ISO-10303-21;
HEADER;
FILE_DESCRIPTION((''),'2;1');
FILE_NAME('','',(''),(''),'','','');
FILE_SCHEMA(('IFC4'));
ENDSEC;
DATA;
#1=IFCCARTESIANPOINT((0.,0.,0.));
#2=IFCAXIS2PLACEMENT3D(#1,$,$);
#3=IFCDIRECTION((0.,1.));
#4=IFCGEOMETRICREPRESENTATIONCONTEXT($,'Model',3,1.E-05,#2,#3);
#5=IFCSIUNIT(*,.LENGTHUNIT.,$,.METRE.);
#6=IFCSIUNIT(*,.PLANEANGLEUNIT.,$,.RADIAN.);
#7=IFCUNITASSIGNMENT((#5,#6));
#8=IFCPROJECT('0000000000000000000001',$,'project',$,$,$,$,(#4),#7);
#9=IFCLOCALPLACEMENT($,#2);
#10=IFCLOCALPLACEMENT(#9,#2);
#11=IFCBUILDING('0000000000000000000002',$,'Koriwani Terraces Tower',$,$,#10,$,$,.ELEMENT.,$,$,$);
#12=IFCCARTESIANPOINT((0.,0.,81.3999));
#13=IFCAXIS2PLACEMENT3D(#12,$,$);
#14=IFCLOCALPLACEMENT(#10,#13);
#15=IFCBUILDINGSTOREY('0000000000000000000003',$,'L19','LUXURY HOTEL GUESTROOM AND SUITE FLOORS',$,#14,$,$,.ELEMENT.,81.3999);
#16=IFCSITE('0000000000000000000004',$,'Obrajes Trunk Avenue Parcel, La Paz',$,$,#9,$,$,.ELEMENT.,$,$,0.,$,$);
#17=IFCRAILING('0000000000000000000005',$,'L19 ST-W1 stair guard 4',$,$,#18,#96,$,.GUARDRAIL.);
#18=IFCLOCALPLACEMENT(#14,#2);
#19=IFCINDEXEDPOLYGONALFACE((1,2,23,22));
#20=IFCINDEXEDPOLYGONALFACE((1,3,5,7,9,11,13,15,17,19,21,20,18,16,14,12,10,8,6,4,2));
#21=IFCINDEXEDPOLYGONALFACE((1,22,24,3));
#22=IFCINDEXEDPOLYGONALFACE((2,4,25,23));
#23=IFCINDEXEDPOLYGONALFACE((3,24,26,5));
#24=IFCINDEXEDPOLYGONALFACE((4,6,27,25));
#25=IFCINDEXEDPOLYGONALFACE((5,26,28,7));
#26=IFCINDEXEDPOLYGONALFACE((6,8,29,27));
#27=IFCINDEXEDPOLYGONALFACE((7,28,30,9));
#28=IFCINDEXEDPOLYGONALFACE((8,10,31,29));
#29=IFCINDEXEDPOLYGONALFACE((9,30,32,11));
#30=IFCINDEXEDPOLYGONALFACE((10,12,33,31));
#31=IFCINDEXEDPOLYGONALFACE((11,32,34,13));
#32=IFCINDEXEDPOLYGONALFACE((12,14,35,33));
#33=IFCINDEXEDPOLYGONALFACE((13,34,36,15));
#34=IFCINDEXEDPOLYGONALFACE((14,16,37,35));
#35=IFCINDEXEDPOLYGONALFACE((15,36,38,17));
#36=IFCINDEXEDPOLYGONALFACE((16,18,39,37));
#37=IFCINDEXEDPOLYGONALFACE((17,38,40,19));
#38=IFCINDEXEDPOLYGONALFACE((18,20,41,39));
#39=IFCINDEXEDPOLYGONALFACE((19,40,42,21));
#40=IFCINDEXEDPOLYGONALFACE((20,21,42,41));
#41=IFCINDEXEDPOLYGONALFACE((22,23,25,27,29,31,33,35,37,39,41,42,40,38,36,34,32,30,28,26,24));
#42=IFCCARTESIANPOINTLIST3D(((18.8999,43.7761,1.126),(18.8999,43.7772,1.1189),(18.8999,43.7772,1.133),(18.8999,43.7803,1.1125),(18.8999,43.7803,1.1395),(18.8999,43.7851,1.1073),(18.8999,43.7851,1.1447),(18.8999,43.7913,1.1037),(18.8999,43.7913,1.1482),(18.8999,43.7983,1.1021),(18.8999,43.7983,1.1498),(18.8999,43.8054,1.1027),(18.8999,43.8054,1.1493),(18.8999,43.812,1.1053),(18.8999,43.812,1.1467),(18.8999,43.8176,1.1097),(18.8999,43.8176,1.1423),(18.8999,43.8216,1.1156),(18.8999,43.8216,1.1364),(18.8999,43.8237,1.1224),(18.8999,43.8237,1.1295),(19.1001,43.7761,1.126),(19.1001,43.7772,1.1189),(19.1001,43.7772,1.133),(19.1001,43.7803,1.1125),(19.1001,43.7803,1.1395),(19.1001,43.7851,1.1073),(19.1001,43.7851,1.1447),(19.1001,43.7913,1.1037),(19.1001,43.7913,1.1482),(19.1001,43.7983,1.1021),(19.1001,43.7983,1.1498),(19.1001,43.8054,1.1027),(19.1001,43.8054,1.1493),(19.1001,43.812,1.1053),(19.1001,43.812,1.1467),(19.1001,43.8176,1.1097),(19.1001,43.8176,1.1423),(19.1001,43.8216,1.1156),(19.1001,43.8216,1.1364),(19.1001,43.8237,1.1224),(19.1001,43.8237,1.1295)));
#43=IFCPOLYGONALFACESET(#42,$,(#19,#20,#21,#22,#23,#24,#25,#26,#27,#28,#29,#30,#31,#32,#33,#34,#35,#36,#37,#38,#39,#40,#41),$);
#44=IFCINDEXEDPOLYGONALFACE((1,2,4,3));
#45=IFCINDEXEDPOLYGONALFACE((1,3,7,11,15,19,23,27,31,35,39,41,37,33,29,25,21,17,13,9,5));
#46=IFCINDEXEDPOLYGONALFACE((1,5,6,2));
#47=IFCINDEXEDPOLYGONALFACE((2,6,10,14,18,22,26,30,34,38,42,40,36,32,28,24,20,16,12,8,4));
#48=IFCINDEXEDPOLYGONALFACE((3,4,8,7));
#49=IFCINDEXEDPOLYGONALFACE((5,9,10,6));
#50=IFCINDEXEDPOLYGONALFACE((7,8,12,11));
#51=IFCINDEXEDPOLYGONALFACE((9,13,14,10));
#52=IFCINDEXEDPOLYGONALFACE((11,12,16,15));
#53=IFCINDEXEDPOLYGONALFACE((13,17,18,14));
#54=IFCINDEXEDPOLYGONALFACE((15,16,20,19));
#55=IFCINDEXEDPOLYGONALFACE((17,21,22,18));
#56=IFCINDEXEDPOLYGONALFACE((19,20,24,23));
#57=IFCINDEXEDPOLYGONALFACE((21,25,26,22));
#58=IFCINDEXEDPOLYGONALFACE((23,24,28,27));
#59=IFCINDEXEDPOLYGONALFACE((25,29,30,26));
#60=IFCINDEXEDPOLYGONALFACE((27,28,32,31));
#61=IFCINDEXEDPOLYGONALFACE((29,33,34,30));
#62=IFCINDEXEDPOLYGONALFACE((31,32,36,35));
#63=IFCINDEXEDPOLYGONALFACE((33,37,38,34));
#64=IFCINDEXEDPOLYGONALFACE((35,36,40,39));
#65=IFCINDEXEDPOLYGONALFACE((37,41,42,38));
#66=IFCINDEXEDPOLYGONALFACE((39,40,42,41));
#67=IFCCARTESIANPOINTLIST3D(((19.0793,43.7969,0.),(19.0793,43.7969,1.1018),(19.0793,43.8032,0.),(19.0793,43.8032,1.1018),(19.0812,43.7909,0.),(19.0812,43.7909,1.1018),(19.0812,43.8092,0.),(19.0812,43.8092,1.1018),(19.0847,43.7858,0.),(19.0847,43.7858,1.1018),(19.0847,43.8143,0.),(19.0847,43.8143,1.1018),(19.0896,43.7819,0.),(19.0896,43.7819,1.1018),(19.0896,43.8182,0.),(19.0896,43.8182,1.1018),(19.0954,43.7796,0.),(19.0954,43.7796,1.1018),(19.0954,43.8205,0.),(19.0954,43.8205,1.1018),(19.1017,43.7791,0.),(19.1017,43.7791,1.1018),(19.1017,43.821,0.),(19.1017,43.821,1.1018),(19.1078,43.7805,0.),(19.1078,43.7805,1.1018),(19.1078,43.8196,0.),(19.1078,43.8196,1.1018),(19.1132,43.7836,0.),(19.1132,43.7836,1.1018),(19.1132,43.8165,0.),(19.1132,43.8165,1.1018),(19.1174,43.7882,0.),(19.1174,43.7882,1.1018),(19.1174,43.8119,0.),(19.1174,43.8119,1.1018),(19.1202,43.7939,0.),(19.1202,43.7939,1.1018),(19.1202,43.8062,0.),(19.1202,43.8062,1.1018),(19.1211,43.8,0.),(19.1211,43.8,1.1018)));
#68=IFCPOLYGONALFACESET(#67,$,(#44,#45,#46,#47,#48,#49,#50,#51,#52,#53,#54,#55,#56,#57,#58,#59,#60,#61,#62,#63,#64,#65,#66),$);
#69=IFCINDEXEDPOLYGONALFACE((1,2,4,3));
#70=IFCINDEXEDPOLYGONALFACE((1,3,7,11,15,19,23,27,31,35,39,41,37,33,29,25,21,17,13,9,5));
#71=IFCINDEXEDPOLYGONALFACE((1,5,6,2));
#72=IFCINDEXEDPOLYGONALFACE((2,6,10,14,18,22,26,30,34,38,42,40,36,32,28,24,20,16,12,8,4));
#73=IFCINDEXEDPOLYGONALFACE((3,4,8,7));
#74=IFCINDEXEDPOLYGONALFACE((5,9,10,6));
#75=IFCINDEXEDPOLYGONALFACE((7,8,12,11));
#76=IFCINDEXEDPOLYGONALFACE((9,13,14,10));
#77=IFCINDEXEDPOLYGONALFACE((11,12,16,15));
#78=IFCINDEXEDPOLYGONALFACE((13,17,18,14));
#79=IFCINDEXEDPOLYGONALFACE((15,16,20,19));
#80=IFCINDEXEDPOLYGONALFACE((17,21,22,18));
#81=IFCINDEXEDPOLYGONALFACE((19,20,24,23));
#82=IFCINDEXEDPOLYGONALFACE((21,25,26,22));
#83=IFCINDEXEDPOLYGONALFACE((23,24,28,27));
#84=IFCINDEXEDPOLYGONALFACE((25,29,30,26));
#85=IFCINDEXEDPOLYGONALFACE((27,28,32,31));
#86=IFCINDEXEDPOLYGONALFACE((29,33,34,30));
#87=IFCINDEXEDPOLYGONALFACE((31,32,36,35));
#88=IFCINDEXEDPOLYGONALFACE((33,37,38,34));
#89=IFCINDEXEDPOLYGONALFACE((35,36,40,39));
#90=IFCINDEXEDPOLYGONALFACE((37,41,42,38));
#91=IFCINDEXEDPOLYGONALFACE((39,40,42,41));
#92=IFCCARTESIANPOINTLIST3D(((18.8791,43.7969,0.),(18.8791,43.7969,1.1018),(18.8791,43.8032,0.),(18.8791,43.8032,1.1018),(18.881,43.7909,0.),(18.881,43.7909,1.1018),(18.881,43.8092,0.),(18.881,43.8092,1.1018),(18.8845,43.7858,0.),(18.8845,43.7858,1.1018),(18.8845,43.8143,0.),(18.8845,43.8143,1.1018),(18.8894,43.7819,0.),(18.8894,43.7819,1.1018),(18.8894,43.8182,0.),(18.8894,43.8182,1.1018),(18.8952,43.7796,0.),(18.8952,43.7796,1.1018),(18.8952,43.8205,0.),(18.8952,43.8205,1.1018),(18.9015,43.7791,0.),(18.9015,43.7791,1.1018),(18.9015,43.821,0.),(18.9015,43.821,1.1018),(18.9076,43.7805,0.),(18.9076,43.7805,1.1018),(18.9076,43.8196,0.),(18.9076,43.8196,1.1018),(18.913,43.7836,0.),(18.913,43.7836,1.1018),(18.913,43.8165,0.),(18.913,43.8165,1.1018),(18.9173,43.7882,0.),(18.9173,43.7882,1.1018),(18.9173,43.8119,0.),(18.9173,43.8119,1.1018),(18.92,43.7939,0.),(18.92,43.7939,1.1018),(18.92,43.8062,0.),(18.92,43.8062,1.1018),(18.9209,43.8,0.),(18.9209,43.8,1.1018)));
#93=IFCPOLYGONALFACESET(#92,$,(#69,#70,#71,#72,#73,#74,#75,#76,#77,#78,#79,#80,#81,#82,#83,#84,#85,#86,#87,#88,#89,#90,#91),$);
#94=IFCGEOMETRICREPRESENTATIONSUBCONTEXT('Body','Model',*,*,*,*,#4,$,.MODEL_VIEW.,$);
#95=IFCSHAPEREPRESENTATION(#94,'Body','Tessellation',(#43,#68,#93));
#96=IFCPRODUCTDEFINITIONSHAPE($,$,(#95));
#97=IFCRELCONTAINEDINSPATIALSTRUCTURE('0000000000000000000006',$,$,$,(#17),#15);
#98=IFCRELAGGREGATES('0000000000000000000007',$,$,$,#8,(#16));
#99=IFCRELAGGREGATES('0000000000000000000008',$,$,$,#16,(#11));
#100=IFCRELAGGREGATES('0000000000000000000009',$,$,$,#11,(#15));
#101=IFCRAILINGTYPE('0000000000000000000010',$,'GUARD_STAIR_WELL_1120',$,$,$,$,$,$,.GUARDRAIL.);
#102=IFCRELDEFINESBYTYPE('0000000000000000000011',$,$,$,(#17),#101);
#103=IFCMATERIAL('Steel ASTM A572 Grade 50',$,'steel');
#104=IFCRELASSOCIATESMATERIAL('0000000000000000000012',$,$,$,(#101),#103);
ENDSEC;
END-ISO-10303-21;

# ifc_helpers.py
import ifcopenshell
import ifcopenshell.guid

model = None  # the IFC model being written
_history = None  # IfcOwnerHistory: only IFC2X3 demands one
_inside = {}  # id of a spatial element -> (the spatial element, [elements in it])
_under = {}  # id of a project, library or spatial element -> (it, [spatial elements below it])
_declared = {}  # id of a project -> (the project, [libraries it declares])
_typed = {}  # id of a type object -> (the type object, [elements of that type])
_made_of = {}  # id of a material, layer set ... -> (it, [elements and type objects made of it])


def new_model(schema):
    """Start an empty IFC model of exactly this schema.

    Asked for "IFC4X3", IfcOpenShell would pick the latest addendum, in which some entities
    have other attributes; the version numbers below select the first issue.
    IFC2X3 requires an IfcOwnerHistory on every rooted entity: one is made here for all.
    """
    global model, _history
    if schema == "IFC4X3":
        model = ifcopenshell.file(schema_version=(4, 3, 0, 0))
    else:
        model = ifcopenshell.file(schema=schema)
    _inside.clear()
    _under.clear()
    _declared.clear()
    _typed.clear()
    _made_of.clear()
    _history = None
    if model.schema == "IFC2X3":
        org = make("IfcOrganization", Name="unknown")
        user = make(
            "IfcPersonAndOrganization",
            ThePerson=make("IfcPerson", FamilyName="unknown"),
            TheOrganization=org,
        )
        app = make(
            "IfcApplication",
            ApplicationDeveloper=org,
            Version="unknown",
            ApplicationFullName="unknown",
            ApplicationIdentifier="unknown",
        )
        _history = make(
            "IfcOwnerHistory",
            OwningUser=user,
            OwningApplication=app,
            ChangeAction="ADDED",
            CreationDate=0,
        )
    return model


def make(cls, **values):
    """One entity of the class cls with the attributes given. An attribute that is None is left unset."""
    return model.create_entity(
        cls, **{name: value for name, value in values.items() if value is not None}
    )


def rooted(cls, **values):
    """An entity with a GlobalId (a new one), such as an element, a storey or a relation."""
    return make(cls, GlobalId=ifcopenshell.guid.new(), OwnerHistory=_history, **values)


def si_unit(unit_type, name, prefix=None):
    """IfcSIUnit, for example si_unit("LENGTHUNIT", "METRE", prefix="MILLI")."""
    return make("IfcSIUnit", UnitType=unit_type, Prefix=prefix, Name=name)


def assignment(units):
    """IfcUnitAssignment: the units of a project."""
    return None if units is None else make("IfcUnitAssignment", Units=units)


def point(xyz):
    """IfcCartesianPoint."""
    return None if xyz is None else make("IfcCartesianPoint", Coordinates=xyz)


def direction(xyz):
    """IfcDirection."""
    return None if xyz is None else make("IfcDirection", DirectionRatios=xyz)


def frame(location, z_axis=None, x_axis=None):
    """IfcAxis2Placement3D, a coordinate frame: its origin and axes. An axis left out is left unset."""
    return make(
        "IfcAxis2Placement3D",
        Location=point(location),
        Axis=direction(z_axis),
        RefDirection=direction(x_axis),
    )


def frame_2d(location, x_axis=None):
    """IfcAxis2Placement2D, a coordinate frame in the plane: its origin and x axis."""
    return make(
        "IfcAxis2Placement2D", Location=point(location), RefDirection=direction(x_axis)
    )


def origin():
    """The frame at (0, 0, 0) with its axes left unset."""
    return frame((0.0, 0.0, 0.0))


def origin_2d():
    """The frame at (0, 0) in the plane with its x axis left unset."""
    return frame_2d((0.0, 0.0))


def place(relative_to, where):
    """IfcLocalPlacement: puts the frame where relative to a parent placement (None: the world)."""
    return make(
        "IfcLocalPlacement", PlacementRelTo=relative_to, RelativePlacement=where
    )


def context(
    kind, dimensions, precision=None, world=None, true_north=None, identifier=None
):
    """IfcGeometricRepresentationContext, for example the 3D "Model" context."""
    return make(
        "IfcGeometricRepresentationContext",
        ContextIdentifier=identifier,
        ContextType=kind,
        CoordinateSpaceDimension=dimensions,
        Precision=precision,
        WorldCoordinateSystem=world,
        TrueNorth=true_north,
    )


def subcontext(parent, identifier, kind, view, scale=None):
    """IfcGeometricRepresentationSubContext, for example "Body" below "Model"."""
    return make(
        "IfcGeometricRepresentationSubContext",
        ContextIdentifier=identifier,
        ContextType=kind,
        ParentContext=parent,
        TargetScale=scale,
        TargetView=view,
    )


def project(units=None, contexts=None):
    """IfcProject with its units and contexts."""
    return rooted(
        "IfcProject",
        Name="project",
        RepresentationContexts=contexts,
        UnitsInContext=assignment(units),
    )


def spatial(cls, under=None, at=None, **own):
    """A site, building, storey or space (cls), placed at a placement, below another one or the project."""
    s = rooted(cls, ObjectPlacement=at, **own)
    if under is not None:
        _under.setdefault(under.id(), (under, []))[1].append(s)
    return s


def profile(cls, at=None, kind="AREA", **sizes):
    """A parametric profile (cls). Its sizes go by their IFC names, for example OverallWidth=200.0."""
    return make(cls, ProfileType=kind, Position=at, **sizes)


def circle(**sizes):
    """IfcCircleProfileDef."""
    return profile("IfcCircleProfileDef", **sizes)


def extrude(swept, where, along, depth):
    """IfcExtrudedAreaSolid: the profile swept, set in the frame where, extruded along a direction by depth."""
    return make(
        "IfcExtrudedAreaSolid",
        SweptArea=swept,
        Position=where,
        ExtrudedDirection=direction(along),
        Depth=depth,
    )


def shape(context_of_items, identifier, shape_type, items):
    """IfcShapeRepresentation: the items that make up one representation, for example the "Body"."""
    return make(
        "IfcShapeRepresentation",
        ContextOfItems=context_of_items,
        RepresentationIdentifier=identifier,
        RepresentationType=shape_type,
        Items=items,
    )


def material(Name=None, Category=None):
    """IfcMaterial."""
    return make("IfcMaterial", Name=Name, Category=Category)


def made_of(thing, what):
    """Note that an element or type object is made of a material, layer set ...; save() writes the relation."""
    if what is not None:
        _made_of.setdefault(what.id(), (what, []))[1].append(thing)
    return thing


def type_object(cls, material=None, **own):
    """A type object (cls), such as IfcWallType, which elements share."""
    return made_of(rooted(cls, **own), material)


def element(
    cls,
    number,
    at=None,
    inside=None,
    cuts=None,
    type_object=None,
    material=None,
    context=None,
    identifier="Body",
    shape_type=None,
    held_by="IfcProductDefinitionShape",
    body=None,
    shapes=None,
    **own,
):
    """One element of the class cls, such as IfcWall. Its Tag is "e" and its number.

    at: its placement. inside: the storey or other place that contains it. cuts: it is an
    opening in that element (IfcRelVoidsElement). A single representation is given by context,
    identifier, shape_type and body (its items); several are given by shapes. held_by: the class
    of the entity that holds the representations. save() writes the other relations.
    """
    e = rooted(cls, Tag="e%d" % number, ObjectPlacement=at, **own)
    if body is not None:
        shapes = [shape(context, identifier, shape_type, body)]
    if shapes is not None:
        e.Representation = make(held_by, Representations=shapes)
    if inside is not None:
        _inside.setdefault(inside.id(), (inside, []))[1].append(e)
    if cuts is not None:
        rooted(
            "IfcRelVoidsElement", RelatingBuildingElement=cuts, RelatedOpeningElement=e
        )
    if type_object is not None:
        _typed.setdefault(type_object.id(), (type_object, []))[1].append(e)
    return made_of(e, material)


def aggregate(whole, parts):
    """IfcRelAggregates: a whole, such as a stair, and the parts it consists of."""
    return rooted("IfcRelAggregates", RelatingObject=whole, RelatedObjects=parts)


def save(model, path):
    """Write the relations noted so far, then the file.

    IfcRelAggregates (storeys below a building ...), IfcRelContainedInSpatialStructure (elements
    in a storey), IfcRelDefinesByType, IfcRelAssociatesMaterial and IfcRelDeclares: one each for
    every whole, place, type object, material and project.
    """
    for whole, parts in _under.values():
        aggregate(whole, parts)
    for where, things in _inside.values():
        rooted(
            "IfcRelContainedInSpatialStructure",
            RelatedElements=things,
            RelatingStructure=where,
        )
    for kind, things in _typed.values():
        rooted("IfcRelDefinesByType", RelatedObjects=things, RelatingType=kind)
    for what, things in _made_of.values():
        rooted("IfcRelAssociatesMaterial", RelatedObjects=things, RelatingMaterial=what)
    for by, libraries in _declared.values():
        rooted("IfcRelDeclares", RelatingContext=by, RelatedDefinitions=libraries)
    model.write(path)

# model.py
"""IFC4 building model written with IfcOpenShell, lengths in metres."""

from ifc_helpers import new_model, si_unit, direction, frame, origin, origin_2d, place, context, subcontext, project, spatial, circle, extrude, material, type_object, element, save


model = new_model("IFC4")

# Units and contexts
model_context = context("Model", 3, precision=1e-05, world=origin(), true_north=direction((0.0, 1.0)))
body_context = subcontext(model_context, "Body", "Model", "MODEL_VIEW")
ifc_project = project(units=[si_unit("LENGTHUNIT", "METRE"), si_unit("PLANEANGLEUNIT", "RADIAN")], contexts=[model_context])

# Site, building, storey
site_placement = place(None, origin())
site = spatial("IfcSite", under=ifc_project, at=site_placement, Name="Obrajes Trunk Avenue Parcel, La Paz", CompositionType="ELEMENT", RefElevation=0.0)
building_placement = place(site_placement, origin())
building = spatial("IfcBuilding", under=site, at=building_placement, Name="Koriwani Terraces Tower", CompositionType="ELEMENT")
storey_placement = place(building_placement, frame((0.0, 0.0, 81.3999)))
storey = spatial("IfcBuildingStorey", under=building, at=storey_placement, Name="L19", Description="LUXURY HOTEL GUESTROOM AND SUITE FLOORS", CompositionType="ELEMENT", Elevation=81.3999)

# Shared definitions
ifc_material_1 = material(Name="Steel ASTM A572 Grade 50", Category="steel")

# Railing
railing_type_1 = type_object("IfcRailingType", Name="GUARD_STAIR_WELL_1120", PredefinedType="GUARDRAIL", material=ifc_material_1)
railing_1_placement = place(storey_placement, frame((19.1001, 43.8, 0.0)))
element("IfcRailing", 1, at=railing_1_placement, inside=storey, type_object=railing_type_1, Name="L19 ST-W1 stair guard 4", PredefinedType="GUARDRAIL", context=body_context, shape_type="SweptSolid", body=[
    extrude(circle(Radius=0.0239, at=origin_2d()), frame((0.0, 0.0, 1.126), z_axis=(-1.0, 0.0, 0.0), x_axis=(0.0, -1.0, 0.0)), (0.0, 0.0, 1.0), 0.2002),
    extrude(circle(Radius=0.021, at=origin_2d()), origin(), (0.0, 0.0, 1.0), 1.1018),
    extrude(circle(Radius=0.021, at=origin_2d()), frame((-0.2002, 0.0, 0.0)), (0.0, 0.0, 1.0), 1.1018),
])

save(model, "model.ifc")
